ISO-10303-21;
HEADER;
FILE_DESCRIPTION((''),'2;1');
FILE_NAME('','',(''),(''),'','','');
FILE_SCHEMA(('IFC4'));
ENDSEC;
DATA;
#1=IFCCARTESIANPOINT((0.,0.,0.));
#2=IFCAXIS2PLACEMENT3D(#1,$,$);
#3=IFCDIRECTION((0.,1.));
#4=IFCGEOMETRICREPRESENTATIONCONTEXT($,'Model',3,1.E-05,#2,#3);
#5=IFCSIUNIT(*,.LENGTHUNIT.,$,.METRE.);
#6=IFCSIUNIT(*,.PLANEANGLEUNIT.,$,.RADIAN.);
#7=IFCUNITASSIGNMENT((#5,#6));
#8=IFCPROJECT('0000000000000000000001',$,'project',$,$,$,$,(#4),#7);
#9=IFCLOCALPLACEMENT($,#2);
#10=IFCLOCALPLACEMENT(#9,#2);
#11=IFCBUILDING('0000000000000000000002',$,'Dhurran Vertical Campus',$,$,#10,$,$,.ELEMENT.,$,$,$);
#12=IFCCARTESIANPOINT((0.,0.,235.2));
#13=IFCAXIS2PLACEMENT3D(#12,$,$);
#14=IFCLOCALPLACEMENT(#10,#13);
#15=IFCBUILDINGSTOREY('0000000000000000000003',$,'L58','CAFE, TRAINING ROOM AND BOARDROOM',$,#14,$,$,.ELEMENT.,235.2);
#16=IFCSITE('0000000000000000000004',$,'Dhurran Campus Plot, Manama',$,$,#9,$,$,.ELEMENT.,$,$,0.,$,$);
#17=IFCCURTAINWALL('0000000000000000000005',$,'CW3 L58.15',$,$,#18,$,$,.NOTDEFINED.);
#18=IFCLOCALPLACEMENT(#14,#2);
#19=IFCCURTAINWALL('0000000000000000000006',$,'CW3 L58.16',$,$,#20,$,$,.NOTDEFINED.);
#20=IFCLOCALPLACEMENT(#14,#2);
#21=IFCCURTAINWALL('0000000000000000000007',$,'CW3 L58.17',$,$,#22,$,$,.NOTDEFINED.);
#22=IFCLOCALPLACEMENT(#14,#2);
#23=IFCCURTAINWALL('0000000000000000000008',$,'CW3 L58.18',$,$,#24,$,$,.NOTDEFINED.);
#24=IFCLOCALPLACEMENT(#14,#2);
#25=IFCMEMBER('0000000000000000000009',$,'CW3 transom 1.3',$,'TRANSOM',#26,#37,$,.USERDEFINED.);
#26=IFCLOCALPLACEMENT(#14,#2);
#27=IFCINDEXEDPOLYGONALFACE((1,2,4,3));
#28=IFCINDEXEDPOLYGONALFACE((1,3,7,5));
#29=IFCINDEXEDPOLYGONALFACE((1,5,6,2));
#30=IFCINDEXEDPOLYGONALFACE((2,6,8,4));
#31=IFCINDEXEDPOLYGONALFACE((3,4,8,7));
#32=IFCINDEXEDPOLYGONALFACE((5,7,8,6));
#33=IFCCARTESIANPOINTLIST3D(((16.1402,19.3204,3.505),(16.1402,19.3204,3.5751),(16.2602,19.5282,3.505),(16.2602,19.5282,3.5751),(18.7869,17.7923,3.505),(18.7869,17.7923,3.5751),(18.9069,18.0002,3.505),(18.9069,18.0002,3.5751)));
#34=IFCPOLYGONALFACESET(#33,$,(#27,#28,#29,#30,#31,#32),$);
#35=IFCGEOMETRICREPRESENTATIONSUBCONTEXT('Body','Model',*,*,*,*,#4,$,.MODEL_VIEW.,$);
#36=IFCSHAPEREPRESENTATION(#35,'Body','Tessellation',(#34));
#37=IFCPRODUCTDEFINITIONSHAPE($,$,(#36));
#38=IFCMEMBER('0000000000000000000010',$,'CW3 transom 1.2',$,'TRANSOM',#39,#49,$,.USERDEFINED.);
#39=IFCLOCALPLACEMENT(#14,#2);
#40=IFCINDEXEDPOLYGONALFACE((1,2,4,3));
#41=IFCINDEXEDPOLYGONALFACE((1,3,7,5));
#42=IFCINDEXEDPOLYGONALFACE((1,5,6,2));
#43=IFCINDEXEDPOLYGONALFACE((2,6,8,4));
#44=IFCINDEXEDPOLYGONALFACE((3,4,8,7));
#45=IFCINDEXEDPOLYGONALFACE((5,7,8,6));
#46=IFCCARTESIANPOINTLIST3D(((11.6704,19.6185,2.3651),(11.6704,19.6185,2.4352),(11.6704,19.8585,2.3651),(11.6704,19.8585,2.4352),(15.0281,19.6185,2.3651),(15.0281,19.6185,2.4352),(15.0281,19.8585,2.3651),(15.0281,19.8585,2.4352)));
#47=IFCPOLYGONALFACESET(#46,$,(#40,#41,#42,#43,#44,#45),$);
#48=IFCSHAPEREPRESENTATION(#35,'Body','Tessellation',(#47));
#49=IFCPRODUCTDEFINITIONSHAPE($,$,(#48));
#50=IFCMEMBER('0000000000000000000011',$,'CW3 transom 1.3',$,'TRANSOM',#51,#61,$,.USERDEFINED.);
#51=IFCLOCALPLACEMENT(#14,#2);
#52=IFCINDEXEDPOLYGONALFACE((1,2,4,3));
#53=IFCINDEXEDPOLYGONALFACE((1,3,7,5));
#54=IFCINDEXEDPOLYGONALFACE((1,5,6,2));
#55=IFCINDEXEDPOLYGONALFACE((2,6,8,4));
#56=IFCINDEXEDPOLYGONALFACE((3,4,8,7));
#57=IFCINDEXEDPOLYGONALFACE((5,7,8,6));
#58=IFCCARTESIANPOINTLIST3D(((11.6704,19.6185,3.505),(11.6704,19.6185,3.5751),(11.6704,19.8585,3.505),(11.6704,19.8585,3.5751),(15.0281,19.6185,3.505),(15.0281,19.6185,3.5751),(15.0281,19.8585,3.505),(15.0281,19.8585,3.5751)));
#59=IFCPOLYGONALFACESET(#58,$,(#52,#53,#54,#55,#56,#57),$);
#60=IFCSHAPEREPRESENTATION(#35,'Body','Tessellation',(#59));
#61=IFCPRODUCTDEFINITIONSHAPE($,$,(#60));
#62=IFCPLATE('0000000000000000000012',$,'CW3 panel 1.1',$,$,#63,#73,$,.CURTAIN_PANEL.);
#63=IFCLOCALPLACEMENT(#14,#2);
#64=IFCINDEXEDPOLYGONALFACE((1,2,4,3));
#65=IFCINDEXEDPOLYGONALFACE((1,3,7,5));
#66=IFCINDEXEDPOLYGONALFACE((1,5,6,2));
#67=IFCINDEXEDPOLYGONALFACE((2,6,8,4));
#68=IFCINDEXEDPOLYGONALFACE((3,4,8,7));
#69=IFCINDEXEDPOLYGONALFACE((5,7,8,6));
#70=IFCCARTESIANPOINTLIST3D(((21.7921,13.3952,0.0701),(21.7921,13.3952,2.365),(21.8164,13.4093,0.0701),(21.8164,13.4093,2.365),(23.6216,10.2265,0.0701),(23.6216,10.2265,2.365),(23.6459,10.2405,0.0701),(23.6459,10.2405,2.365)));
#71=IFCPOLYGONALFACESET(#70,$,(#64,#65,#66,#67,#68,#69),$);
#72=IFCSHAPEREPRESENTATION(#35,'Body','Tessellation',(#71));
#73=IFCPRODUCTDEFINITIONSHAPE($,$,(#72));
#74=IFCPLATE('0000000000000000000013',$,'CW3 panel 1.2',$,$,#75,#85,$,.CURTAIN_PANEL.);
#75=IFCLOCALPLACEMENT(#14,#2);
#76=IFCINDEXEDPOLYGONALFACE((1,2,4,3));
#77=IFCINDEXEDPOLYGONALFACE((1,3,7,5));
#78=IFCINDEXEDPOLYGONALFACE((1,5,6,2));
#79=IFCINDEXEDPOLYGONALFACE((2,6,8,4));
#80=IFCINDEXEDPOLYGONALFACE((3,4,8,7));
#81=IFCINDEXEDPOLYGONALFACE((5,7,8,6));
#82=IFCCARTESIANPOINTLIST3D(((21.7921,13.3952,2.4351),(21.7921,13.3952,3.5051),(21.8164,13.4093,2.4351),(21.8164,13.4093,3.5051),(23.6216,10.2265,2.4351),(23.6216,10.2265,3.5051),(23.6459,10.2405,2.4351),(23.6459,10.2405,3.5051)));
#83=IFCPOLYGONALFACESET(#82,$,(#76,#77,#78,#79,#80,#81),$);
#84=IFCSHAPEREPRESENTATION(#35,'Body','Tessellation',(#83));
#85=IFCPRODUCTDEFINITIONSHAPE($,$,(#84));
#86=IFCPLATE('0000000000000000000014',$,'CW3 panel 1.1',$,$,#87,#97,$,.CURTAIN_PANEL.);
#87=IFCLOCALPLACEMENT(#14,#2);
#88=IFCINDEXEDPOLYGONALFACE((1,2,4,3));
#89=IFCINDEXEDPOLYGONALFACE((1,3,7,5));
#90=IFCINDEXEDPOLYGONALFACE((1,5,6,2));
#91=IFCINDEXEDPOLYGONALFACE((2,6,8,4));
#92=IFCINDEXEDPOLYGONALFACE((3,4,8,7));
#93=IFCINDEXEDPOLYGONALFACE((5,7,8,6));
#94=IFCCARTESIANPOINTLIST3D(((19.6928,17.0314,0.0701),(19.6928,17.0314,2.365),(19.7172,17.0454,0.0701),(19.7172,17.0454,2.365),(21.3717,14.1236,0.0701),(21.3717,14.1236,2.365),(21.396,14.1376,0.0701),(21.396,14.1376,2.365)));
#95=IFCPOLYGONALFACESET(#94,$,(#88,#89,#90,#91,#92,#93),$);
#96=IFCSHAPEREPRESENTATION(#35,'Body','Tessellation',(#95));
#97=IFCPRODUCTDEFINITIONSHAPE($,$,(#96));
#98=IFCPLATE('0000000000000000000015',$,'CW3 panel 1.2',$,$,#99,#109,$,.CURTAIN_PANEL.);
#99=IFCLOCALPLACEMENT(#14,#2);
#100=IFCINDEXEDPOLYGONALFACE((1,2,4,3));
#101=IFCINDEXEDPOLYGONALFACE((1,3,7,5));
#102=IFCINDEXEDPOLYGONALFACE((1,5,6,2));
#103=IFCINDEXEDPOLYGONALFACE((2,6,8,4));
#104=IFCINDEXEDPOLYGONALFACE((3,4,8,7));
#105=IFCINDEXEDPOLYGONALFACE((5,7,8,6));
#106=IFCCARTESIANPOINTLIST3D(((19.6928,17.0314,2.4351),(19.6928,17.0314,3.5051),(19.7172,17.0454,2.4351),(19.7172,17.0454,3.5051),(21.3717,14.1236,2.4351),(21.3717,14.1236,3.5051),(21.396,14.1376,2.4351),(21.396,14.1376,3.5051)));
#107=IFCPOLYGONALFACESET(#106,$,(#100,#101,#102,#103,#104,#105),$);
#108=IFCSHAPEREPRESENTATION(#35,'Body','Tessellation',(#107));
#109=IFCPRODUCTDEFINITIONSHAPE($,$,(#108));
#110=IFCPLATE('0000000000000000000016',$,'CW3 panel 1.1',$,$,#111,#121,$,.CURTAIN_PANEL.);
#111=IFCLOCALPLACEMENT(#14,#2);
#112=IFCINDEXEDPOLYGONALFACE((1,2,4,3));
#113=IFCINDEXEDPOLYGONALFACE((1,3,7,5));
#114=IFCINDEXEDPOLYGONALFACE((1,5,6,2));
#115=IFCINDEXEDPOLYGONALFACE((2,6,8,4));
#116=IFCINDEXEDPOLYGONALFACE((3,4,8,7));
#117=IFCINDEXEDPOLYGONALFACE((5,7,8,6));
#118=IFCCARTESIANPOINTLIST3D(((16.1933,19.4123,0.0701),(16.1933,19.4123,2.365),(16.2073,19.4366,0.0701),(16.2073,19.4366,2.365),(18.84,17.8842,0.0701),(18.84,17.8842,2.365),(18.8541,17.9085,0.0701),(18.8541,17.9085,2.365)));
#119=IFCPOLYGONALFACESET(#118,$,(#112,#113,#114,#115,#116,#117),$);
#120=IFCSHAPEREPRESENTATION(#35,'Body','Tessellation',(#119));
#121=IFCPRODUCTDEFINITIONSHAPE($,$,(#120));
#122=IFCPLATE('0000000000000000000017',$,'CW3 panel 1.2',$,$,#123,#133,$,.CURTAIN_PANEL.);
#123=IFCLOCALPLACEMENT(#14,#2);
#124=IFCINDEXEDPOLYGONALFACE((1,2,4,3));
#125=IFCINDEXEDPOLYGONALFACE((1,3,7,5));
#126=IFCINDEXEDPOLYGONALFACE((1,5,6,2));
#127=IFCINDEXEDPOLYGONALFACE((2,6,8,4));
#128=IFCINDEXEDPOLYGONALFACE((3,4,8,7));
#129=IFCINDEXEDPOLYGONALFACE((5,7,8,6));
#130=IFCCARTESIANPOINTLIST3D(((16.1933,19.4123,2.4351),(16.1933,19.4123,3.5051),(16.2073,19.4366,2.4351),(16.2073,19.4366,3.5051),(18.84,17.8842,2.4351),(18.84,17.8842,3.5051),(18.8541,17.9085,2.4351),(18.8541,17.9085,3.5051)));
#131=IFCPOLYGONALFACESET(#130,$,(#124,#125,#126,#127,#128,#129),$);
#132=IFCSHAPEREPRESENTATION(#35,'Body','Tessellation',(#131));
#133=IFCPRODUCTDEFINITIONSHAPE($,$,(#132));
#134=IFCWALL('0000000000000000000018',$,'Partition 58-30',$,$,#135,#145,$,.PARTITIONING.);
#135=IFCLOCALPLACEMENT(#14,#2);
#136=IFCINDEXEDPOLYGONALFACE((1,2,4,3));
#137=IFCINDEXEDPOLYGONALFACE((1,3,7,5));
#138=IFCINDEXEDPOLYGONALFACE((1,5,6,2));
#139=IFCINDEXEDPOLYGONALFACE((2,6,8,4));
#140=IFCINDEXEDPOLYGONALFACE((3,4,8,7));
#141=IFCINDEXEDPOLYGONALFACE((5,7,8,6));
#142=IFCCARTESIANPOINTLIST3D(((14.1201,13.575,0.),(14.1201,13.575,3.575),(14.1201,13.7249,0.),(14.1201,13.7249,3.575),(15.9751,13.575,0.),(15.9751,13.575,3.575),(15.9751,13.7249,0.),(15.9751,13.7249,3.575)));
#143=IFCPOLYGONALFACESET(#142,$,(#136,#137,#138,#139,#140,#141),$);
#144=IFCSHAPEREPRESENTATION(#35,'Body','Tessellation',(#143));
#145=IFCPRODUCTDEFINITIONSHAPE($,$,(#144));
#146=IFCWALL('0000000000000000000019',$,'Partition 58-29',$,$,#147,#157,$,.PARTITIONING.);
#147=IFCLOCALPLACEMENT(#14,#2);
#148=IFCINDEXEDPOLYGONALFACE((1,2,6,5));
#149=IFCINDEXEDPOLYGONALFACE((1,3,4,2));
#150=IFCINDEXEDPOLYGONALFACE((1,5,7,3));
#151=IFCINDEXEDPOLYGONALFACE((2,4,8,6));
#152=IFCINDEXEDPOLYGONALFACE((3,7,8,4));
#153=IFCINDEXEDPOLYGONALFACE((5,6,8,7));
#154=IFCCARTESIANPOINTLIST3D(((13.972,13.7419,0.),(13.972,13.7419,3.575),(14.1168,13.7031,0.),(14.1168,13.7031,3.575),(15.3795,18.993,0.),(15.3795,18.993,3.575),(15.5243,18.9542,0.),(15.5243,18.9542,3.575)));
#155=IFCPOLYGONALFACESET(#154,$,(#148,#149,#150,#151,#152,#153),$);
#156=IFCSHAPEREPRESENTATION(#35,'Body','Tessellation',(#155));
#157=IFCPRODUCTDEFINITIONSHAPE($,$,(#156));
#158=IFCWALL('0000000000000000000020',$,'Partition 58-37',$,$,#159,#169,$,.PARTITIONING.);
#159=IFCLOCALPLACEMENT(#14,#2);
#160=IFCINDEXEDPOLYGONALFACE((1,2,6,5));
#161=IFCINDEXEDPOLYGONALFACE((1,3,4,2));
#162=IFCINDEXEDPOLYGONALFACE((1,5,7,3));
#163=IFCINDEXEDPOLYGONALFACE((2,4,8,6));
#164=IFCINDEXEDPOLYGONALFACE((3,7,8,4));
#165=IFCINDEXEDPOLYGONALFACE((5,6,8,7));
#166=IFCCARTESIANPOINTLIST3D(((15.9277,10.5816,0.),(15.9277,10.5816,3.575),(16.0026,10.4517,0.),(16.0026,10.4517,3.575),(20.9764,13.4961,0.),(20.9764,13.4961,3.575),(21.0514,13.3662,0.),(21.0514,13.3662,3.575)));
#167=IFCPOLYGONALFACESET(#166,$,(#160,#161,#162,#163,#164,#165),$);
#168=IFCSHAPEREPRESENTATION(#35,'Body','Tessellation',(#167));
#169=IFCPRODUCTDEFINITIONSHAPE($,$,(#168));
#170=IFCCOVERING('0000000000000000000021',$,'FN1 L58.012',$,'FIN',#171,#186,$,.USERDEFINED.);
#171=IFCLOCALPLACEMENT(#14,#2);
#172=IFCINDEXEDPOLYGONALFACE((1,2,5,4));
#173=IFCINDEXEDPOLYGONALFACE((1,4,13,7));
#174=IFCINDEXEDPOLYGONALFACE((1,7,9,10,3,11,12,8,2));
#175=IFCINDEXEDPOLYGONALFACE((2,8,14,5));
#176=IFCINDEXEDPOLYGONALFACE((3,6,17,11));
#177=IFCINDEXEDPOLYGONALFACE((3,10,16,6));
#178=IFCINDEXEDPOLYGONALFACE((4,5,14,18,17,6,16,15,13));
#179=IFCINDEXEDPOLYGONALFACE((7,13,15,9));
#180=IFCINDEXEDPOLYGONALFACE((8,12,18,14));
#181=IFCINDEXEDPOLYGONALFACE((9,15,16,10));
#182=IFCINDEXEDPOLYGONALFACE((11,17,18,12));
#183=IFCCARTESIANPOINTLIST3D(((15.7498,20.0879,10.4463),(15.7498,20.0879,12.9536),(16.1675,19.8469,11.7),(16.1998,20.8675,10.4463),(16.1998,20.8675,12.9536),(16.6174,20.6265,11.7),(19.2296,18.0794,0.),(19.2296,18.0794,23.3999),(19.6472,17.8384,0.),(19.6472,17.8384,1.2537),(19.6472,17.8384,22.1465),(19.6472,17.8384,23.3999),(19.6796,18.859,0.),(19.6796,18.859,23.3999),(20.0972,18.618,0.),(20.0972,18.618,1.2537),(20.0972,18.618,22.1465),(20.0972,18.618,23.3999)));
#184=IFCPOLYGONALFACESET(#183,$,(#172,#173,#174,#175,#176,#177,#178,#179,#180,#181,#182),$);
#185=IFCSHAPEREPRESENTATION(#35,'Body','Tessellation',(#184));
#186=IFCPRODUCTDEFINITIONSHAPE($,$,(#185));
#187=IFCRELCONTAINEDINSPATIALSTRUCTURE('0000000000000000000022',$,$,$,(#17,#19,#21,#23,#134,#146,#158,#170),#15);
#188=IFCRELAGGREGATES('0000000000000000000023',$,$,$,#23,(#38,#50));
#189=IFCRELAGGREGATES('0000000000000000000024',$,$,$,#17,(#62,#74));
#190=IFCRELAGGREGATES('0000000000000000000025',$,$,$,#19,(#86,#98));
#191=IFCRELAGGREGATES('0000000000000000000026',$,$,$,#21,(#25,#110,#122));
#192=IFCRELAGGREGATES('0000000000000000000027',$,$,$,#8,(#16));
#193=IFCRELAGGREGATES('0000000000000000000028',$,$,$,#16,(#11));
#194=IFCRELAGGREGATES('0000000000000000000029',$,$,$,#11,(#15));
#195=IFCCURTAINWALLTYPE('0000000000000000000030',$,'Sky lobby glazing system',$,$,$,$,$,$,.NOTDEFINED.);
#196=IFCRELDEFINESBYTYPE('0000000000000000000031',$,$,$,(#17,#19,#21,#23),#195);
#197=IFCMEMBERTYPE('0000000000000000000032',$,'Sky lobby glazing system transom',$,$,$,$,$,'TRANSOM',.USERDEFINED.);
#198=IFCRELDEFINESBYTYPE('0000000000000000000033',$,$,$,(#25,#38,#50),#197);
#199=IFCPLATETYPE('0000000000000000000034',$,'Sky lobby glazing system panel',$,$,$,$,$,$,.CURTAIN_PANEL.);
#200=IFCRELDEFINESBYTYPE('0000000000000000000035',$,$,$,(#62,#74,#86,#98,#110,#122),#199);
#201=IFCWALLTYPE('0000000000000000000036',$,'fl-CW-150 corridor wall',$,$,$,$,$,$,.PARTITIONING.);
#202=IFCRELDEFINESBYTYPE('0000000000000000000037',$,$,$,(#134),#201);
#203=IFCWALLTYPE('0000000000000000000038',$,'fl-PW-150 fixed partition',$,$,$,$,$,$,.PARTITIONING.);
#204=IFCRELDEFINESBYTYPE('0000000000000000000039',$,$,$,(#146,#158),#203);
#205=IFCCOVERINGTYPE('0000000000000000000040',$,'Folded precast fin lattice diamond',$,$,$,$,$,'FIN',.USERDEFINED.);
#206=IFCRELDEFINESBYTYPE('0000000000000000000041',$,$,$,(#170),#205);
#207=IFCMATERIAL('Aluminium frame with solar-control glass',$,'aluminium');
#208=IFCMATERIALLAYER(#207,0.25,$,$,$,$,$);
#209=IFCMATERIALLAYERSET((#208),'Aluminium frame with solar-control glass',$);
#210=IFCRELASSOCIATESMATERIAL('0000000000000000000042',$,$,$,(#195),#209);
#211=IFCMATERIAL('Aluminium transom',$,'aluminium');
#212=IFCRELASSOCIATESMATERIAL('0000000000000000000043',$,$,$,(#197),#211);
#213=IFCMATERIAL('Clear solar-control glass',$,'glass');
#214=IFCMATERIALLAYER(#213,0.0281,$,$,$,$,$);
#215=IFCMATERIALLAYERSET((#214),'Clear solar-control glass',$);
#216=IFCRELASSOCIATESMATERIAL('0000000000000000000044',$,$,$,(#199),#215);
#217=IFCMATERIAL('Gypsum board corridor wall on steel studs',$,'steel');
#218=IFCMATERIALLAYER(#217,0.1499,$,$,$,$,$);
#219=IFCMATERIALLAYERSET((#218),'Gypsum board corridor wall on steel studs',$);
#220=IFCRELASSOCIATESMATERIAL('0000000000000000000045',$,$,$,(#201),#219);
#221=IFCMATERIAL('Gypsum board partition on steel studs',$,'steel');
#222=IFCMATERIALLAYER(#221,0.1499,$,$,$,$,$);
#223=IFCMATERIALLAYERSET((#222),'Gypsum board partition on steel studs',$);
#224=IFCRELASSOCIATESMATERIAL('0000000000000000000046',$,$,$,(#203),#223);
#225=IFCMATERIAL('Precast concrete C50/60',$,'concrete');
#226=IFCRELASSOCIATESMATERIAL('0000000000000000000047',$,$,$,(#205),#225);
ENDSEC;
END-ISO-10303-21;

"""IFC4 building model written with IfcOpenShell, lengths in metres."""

from ifc_helpers import new_model, si_unit, direction, frame, frame_2d, origin, origin_2d, place, context, subcontext, project, spatial, polyline, rectangle, outline, extrude, material, layer, layer_set, material_profile, profile_set, type_object, element, aggregate, save


model = new_model("IFC4")

# Units and contexts
model_context = context("Model", 3, precision=1e-05, world=origin(), true_north=direction((0.0, 1.0)))
body_context = subcontext(model_context, "Body", "Model", "MODEL_VIEW")
ifc_project = project(units=[si_unit("LENGTHUNIT", "METRE"), si_unit("PLANEANGLEUNIT", "RADIAN")], contexts=[model_context])

# Site, building, storey
site_placement = place(None, origin())
site = spatial("IfcSite", under=ifc_project, at=site_placement, Name="Dhurran Campus Plot, Manama", CompositionType="ELEMENT", RefElevation=0.0)
building_placement = place(site_placement, origin())
building = spatial("IfcBuilding", under=site, at=building_placement, Name="Dhurran Vertical Campus", CompositionType="ELEMENT")
storey_placement = place(building_placement, frame((0.0, 0.0, 235.2)))
storey = spatial("IfcBuildingStorey", under=building, at=storey_placement, Name="L58", Description="CAFE, TRAINING ROOM AND BOARDROOM", CompositionType="ELEMENT", Elevation=235.2)

# Curtain wall
ifc_material_1 = material(Name="Aluminium frame with solar-control glass", Category="aluminium")
ifc_layer_1 = layer(ifc_material_1, 0.25)
ifc_layer_set_1 = layer_set([ifc_layer_1], Name="Aluminium frame with solar-control glass")
curtain_wall_type = type_object("IfcCurtainWallType", Name="Sky lobby glazing system", PredefinedType="NOTDEFINED", material=ifc_layer_set_1)
curtain_wall_1_placement = place(storey_placement, origin())
curtain_wall_1 = element("IfcCurtainWall", 1, at=curtain_wall_1_placement, inside=storey, type_object=curtain_wall_type, Name="CW3 L58.15", PredefinedType="NOTDEFINED")

# Curtain walls
curtain_wall_2_placement = place(storey_placement, origin())
curtain_wall_2 = element("IfcCurtainWall", 2, at=curtain_wall_2_placement, inside=storey, type_object=curtain_wall_type, Name="CW3 L58.16", PredefinedType="NOTDEFINED")
curtain_wall_3_placement = place(storey_placement, origin())
curtain_wall_3 = element("IfcCurtainWall", 3, at=curtain_wall_3_placement, inside=storey, type_object=curtain_wall_type, Name="CW3 L58.17", PredefinedType="NOTDEFINED")

# Curtain wall
curtain_wall_4_placement = place(storey_placement, origin())
curtain_wall_4 = element("IfcCurtainWall", 4, at=curtain_wall_4_placement, inside=storey, type_object=curtain_wall_type, Name="CW3 L58.18", PredefinedType="NOTDEFINED")

# Members
ifc_material_2 = material(Name="Aluminium transom", Category="aluminium")
ifc_material_profile_1 = material_profile(ifc_material_2, rectangle(XDim=0.24, YDim=0.0701, at=origin_2d()), Name="Sky lobby glazing system transom")
ifc_profile_set_1 = profile_set([ifc_material_profile_1], Name="Aluminium transom")
member_type_1 = type_object("IfcMemberType", Name="Sky lobby glazing system transom", ElementType="TRANSOM", PredefinedType="USERDEFINED", material=ifc_profile_set_1)
member_1_placement = place(storey_placement, frame((18.8469, 17.8962, 3.54), z_axis=(-0.866027, 0.499997, 0.0), x_axis=(-0.499997, -0.866027, 0.0)))
member_1 = element("IfcMember", 5, at=member_1_placement, type_object=member_type_1, Name="CW3 transom 1.3", ObjectType="TRANSOM", PredefinedType="USERDEFINED", context=body_context, shape_type="SweptSolid", body=[
    extrude(rectangle(XDim=0.24, YDim=0.0701, at=origin_2d()), origin(), (0.0, 0.0, 1.0), 3.0562),
])
member_2_placement = place(storey_placement, frame((15.0281, 19.7385, 2.4001), z_axis=(-1.0, 0.0, 0.0), x_axis=(0.0, -1.0, 0.0)))
member_2 = element("IfcMember", 6, at=member_2_placement, type_object=member_type_1, Name="CW3 transom 1.2", ObjectType="TRANSOM", PredefinedType="USERDEFINED", context=body_context, shape_type="SweptSolid", body=[
    extrude(rectangle(XDim=0.24, YDim=0.0701, at=origin_2d()), origin(), (0.0, 0.0, 1.0), 3.3577),
])
member_3_placement = place(storey_placement, frame((15.0281, 19.7385, 3.54), z_axis=(-1.0, 0.0, 0.0), x_axis=(0.0, -1.0, 0.0)))
member_3 = element("IfcMember", 7, at=member_3_placement, type_object=member_type_1, Name="CW3 transom 1.3", ObjectType="TRANSOM", PredefinedType="USERDEFINED", context=body_context, shape_type="SweptSolid", body=[
    extrude(rectangle(XDim=0.24, YDim=0.0701, at=origin_2d()), origin(), (0.0, 0.0, 1.0), 3.3577),
])
aggregate(curtain_wall_4, [member_2, member_3])

# Plates
ifc_material_3 = material(Name="Clear solar-control glass", Category="glass")
ifc_layer_2 = layer(ifc_material_3, 0.0281)
ifc_layer_set_2 = layer_set([ifc_layer_2], Name="Clear solar-control glass")
plate_type = type_object("IfcPlateType", Name="Sky lobby glazing system panel", PredefinedType="CURTAIN_PANEL", material=ifc_layer_set_2)
plate_1_placement = place(storey_placement, frame((22.719, 11.8179, 0.0701), z_axis=(0.0, 0.0, 1.0), x_axis=(-0.500003, 0.866023, 0.0)))
plate_1 = element("IfcPlate", 8, at=plate_1_placement, type_object=plate_type, Name="CW3 panel 1.1", PredefinedType="CURTAIN_PANEL", context=body_context, shape_type="SweptSolid", body=[
    extrude(rectangle(XDim=3.6589, YDim=0.0281, at=origin_2d()), origin(), (0.0, 0.0, 1.0), 2.2949),
])
plate_2_placement = place(storey_placement, frame((22.719, 11.8179, 2.4351), z_axis=(0.0, 0.0, 1.0), x_axis=(-0.500003, 0.866023, 0.0)))
plate_2 = element("IfcPlate", 9, at=plate_2_placement, type_object=plate_type, Name="CW3 panel 1.2", PredefinedType="CURTAIN_PANEL", context=body_context, shape_type="SweptSolid", body=[
    extrude(rectangle(XDim=3.6589, YDim=0.0281, at=origin_2d()), origin(), (0.0, 0.0, 1.0), 1.0701),
])
aggregate(curtain_wall_1, [plate_1, plate_2])
plate_3_placement = place(storey_placement, frame((20.5444, 15.5845, 0.0701), z_axis=(0.0, 0.0, 1.0), x_axis=(-0.50001, 0.866019, 0.0)))
plate_3 = element("IfcPlate", 10, at=plate_3_placement, type_object=plate_type, Name="CW3 panel 1.1", PredefinedType="CURTAIN_PANEL", context=body_context, shape_type="SweptSolid", body=[
    extrude(rectangle(XDim=3.3577, YDim=0.0281, at=origin_2d()), origin(), (0.0, 0.0, 1.0), 2.2949),
])
plate_4_placement = place(storey_placement, frame((20.5444, 15.5845, 2.4351), z_axis=(0.0, 0.0, 1.0), x_axis=(-0.50001, 0.866019, 0.0)))
plate_4 = element("IfcPlate", 11, at=plate_4_placement, type_object=plate_type, Name="CW3 panel 1.2", PredefinedType="CURTAIN_PANEL", context=body_context, shape_type="SweptSolid", body=[
    extrude(rectangle(XDim=3.3577, YDim=0.0281, at=origin_2d()), origin(), (0.0, 0.0, 1.0), 1.0701),
])
aggregate(curtain_wall_2, [plate_3, plate_4])
plate_5_placement = place(storey_placement, frame((17.5237, 18.6604, 0.0701), z_axis=(0.0, 0.0, 1.0), x_axis=(-0.866026, 0.499999, 0.0)))
plate_5 = element("IfcPlate", 12, at=plate_5_placement, type_object=plate_type, Name="CW3 panel 1.1", PredefinedType="CURTAIN_PANEL", context=body_context, shape_type="SweptSolid", body=[
    extrude(rectangle(XDim=3.0562, YDim=0.0281, at=origin_2d()), origin(), (0.0, 0.0, 1.0), 2.2949),
])
plate_6_placement = place(storey_placement, frame((17.5237, 18.6604, 2.4351), z_axis=(0.0, 0.0, 1.0), x_axis=(-0.866026, 0.499999, 0.0)))
plate_6 = element("IfcPlate", 13, at=plate_6_placement, type_object=plate_type, Name="CW3 panel 1.2", PredefinedType="CURTAIN_PANEL", context=body_context, shape_type="SweptSolid", body=[
    extrude(rectangle(XDim=3.0562, YDim=0.0281, at=origin_2d()), origin(), (0.0, 0.0, 1.0), 1.0701),
])
aggregate(curtain_wall_3, [member_1, plate_5, plate_6])

# Walls
ifc_material_4 = material(Name="Gypsum board corridor wall on steel studs", Category="steel")
ifc_layer_3 = layer(ifc_material_4, 0.1499)
ifc_layer_set_3 = layer_set([ifc_layer_3], Name="Gypsum board corridor wall on steel studs")
wall_type_1 = type_object("IfcWallType", Name="fl-CW-150 corridor wall", PredefinedType="PARTITIONING", material=ifc_layer_set_3)
wall_1_placement = place(storey_placement, frame((15.9751, 13.6499, 0.0), z_axis=(0.0, 0.0, 1.0), x_axis=(-1.0, 0.0, 0.0)))
element("IfcWall", 14, at=wall_1_placement, inside=storey, type_object=wall_type_1, Name="Partition 58-30", PredefinedType="PARTITIONING", context=body_context, shape_type="SweptSolid", body=[
    extrude(rectangle(XDim=1.855, YDim=0.1499, at=frame_2d((0.9275, 0.0))), origin(), (0.0, 0.0, 1.0), 3.575),
])
ifc_material_5 = material(Name="Gypsum board partition on steel studs", Category="steel")
ifc_layer_4 = layer(ifc_material_5, 0.1499)
ifc_layer_set_4 = layer_set([ifc_layer_4], Name="Gypsum board partition on steel studs")
wall_type_2 = type_object("IfcWallType", Name="fl-PW-150 fixed partition", PredefinedType="PARTITIONING", material=ifc_layer_set_4)
wall_2_placement = place(storey_placement, frame((15.4519, 18.9736, 0.0), z_axis=(0.0, 0.0, 1.0), x_axis=(-0.258889, -0.965907, 0.0)))
element("IfcWall", 15, at=wall_2_placement, inside=storey, type_object=wall_type_2, Name="Partition 58-29", PredefinedType="PARTITIONING", context=body_context, shape_type="SweptSolid", body=[
    extrude(rectangle(XDim=5.4365, YDim=0.1499, at=frame_2d((2.7183, 0.0))), origin(), (0.0, 0.0, 1.0), 3.575),
])
wall_3_placement = place(storey_placement, frame((21.0139, 13.4312, 0.0), z_axis=(0.0, 0.0, 1.0), x_axis=(-0.866054, -0.49995, 0.0)))
element("IfcWall", 16, at=wall_3_placement, inside=storey, type_object=wall_type_2, Name="Partition 58-37", PredefinedType="PARTITIONING", context=body_context, shape_type="SweptSolid", body=[
    extrude(rectangle(XDim=5.8296, YDim=0.1499, at=frame_2d((2.9148, 0.0))), origin(), (0.0, 0.0, 1.0), 3.575),
])

# Covering
ifc_material_6 = material(Name="Precast concrete C50/60", Category="concrete")
covering_type = type_object("IfcCoveringType", Name="Folded precast fin lattice diamond", ElementType="FIN", PredefinedType="USERDEFINED", material=ifc_material_6)
covering_1_placement = place(storey_placement, frame((19.6472, 17.8384, 0.0), z_axis=(0.499902, 0.866082, 0.0), x_axis=(-0.866082, 0.499902, 0.0)))
element("IfcCovering", 17, at=covering_1_placement, inside=storey, type_object=covering_type, Name="FN1 L58.012", ObjectType="FIN", PredefinedType="USERDEFINED", context=body_context, shape_type="SweptSolid", body=[
    extrude(outline(polyline([(4.5, 10.4463), (0.4822, 0.0), (0.0, 0.0), (0.0, 1.2537), (4.0178, 11.7), (0.0, 22.1465), (0.0, 23.3999), (0.4822, 23.3999), (4.5, 12.9536), (4.5, 10.4463)])), origin(), (0.0, 0.0, 1.0), 0.9001),
])

save(model, "model.ifc")
